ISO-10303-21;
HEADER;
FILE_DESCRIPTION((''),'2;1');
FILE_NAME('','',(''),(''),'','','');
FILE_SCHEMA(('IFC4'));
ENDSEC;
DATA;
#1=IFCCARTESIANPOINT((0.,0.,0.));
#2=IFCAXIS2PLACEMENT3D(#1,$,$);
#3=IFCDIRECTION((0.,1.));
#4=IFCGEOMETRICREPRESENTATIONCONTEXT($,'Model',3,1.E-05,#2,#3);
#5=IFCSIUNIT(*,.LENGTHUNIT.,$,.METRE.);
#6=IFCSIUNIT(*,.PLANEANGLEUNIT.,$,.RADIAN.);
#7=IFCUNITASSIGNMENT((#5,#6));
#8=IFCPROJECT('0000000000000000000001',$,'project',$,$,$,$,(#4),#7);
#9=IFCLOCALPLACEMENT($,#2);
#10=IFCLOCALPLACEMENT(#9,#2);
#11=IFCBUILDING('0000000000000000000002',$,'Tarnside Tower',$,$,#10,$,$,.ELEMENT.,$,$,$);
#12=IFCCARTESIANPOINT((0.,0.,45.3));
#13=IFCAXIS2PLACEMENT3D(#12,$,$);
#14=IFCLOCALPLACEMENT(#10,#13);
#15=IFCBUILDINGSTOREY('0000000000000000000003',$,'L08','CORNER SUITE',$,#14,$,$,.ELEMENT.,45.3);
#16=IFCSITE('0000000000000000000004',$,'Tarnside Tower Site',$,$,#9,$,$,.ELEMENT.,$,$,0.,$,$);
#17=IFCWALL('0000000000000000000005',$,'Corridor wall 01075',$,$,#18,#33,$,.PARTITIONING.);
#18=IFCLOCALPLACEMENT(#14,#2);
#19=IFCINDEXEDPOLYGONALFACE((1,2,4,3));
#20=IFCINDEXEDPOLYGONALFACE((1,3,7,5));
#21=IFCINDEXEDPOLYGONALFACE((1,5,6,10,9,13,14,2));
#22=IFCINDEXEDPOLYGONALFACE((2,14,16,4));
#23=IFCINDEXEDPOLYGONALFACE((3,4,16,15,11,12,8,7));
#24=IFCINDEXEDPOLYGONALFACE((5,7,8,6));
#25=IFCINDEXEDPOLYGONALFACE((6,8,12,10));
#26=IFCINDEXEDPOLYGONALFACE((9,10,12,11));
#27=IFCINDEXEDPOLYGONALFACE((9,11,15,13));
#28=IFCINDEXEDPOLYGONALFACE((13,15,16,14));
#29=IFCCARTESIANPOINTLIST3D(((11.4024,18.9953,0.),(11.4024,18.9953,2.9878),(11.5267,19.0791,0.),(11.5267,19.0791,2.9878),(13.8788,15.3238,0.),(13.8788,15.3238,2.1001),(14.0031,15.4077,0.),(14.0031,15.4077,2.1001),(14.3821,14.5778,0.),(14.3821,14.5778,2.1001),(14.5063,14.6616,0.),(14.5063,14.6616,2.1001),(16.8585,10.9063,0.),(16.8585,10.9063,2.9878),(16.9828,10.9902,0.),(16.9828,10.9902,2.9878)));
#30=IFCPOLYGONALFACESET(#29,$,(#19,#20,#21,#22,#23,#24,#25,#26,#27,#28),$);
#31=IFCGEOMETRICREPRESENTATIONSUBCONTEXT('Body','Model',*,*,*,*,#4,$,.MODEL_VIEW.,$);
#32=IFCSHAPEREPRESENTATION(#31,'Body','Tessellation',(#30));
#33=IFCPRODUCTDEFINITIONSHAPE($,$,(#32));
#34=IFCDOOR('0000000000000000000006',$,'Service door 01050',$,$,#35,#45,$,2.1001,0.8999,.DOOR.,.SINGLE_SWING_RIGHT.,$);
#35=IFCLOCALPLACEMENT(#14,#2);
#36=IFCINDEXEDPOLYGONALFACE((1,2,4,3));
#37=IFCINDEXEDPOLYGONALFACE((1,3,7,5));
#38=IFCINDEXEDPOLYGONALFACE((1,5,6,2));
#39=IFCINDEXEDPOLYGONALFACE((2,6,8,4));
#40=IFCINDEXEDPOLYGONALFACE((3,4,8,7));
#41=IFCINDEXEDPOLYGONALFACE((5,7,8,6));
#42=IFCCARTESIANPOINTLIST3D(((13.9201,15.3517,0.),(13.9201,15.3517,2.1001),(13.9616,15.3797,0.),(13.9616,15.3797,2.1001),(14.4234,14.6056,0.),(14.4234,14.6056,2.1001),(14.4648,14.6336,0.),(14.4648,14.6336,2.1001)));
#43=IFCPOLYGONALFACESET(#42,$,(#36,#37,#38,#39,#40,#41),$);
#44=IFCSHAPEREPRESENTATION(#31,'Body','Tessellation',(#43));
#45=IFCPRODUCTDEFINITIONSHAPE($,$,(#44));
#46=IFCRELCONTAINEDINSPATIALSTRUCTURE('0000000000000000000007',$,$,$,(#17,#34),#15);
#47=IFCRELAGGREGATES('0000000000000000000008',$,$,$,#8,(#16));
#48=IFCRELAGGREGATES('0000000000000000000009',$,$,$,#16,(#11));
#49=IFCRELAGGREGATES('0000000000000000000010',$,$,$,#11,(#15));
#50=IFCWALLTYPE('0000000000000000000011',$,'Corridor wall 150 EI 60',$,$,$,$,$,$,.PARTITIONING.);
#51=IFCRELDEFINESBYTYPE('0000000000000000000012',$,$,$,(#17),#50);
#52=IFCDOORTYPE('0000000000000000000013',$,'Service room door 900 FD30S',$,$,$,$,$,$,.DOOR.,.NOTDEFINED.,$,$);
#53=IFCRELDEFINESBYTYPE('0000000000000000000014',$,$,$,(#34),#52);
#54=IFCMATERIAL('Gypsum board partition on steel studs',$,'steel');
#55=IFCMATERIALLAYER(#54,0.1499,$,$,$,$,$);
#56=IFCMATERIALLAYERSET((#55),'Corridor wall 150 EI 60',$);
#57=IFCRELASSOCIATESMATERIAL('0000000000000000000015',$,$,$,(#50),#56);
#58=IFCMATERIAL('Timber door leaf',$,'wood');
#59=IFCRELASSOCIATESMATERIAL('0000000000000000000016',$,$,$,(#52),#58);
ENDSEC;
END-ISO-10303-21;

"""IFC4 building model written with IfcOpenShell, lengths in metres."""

from ifc_helpers import new_model, si_unit, direction, frame, frame_2d, origin, place, context, subcontext, project, spatial, rectangle, extrude, material, layer, layer_set, type_object, element, fill, save


model = new_model("IFC4")

# Units and contexts
model_context = context("Model", 3, precision=1e-05, world=origin(), true_north=direction((0.0, 1.0)))
body_context = subcontext(model_context, "Body", "Model", "MODEL_VIEW")
ifc_project = project(units=[si_unit("LENGTHUNIT", "METRE"), si_unit("PLANEANGLEUNIT", "RADIAN")], contexts=[model_context])

# Site, building, storey
site_placement = place(None, origin())
site = spatial("IfcSite", under=ifc_project, at=site_placement, Name="Tarnside Tower Site", CompositionType="ELEMENT", RefElevation=0.0)
building_placement = place(site_placement, origin())
building = spatial("IfcBuilding", under=site, at=building_placement, Name="Tarnside Tower", CompositionType="ELEMENT")
storey_placement = place(building_placement, frame((0.0, 0.0, 45.3)))
storey = spatial("IfcBuildingStorey", under=building, at=storey_placement, Name="L08", Description="CORNER SUITE", CompositionType="ELEMENT", Elevation=45.3)

# Shared definitions
ifc_material_1 = material(Name="Gypsum board partition on steel studs", Category="steel")

# Shared definitions
ifc_layer_1 = layer(ifc_material_1, 0.1499)
ifc_layer_set_1 = layer_set([ifc_layer_1], Name="Corridor wall 150 EI 60")
wall_type_1 = type_object("IfcWallType", Name="Corridor wall 150 EI 60", PredefinedType="PARTITIONING", material=ifc_layer_set_1)
ifc_material_2 = material(Name="Timber door leaf", Category="wood")

# Wall, opening, door
wall_1_placement = place(storey_placement, frame((11.4646, 19.0371, 0.0), z_axis=(0.0, 0.0, 1.0), x_axis=(0.559196, -0.829035, 0.0)))
wall_1 = element("IfcWall", 1, at=wall_1_placement, inside=storey, type_object=wall_type_1, Name="Corridor wall 01075", PredefinedType="PARTITIONING", context=body_context, shape_type="SweptSolid", body=[
    extrude(rectangle(XDim=9.7571, YDim=0.1499, at=frame_2d((4.8784, 0.0))), origin(), (0.0, 0.0, 1.0), 2.9878),
])
opening_1_placement = place(wall_1_placement, frame((4.4285, 0.0, 0.0)))
opening_1 = element("IfcOpeningElement", 2, at=opening_1_placement, cuts=wall_1, PredefinedType="OPENING", context=body_context, shape_type="SweptSolid", body=[
    extrude(rectangle(XDim=0.8999, YDim=2.1001, at=frame_2d((0.45, 1.05))), frame((0.0, 0.085, 0.0), z_axis=(0.0, -1.0, 0.0), x_axis=(1.0, 0.0, 0.0)), (0.0, 0.0, 1.0), 0.1699),
])
door_type_1 = type_object("IfcDoorType", Name="Service room door 900 FD30S", OperationType="NOTDEFINED", PredefinedType="DOOR", material=ifc_material_2)
door_1_placement = place(opening_1_placement, origin())
door_1 = element("IfcDoor", 3, at=door_1_placement, inside=storey, type_object=door_type_1, Name="Service door 01050", OperationType="SINGLE_SWING_RIGHT", OverallHeight=2.1001, OverallWidth=0.8999, PredefinedType="DOOR", context=body_context, shape_type="SweptSolid", body=[
    extrude(rectangle(XDim=0.8999, YDim=2.1001, at=frame_2d((0.45, 1.05))), frame((0.0, 0.0249, 0.0), z_axis=(0.0, -1.0, 0.0), x_axis=(1.0, 0.0, 0.0)), (0.0, 0.0, 1.0), 0.05),
])
fill(opening_1, door_1)

save(model, "model.ifc")
